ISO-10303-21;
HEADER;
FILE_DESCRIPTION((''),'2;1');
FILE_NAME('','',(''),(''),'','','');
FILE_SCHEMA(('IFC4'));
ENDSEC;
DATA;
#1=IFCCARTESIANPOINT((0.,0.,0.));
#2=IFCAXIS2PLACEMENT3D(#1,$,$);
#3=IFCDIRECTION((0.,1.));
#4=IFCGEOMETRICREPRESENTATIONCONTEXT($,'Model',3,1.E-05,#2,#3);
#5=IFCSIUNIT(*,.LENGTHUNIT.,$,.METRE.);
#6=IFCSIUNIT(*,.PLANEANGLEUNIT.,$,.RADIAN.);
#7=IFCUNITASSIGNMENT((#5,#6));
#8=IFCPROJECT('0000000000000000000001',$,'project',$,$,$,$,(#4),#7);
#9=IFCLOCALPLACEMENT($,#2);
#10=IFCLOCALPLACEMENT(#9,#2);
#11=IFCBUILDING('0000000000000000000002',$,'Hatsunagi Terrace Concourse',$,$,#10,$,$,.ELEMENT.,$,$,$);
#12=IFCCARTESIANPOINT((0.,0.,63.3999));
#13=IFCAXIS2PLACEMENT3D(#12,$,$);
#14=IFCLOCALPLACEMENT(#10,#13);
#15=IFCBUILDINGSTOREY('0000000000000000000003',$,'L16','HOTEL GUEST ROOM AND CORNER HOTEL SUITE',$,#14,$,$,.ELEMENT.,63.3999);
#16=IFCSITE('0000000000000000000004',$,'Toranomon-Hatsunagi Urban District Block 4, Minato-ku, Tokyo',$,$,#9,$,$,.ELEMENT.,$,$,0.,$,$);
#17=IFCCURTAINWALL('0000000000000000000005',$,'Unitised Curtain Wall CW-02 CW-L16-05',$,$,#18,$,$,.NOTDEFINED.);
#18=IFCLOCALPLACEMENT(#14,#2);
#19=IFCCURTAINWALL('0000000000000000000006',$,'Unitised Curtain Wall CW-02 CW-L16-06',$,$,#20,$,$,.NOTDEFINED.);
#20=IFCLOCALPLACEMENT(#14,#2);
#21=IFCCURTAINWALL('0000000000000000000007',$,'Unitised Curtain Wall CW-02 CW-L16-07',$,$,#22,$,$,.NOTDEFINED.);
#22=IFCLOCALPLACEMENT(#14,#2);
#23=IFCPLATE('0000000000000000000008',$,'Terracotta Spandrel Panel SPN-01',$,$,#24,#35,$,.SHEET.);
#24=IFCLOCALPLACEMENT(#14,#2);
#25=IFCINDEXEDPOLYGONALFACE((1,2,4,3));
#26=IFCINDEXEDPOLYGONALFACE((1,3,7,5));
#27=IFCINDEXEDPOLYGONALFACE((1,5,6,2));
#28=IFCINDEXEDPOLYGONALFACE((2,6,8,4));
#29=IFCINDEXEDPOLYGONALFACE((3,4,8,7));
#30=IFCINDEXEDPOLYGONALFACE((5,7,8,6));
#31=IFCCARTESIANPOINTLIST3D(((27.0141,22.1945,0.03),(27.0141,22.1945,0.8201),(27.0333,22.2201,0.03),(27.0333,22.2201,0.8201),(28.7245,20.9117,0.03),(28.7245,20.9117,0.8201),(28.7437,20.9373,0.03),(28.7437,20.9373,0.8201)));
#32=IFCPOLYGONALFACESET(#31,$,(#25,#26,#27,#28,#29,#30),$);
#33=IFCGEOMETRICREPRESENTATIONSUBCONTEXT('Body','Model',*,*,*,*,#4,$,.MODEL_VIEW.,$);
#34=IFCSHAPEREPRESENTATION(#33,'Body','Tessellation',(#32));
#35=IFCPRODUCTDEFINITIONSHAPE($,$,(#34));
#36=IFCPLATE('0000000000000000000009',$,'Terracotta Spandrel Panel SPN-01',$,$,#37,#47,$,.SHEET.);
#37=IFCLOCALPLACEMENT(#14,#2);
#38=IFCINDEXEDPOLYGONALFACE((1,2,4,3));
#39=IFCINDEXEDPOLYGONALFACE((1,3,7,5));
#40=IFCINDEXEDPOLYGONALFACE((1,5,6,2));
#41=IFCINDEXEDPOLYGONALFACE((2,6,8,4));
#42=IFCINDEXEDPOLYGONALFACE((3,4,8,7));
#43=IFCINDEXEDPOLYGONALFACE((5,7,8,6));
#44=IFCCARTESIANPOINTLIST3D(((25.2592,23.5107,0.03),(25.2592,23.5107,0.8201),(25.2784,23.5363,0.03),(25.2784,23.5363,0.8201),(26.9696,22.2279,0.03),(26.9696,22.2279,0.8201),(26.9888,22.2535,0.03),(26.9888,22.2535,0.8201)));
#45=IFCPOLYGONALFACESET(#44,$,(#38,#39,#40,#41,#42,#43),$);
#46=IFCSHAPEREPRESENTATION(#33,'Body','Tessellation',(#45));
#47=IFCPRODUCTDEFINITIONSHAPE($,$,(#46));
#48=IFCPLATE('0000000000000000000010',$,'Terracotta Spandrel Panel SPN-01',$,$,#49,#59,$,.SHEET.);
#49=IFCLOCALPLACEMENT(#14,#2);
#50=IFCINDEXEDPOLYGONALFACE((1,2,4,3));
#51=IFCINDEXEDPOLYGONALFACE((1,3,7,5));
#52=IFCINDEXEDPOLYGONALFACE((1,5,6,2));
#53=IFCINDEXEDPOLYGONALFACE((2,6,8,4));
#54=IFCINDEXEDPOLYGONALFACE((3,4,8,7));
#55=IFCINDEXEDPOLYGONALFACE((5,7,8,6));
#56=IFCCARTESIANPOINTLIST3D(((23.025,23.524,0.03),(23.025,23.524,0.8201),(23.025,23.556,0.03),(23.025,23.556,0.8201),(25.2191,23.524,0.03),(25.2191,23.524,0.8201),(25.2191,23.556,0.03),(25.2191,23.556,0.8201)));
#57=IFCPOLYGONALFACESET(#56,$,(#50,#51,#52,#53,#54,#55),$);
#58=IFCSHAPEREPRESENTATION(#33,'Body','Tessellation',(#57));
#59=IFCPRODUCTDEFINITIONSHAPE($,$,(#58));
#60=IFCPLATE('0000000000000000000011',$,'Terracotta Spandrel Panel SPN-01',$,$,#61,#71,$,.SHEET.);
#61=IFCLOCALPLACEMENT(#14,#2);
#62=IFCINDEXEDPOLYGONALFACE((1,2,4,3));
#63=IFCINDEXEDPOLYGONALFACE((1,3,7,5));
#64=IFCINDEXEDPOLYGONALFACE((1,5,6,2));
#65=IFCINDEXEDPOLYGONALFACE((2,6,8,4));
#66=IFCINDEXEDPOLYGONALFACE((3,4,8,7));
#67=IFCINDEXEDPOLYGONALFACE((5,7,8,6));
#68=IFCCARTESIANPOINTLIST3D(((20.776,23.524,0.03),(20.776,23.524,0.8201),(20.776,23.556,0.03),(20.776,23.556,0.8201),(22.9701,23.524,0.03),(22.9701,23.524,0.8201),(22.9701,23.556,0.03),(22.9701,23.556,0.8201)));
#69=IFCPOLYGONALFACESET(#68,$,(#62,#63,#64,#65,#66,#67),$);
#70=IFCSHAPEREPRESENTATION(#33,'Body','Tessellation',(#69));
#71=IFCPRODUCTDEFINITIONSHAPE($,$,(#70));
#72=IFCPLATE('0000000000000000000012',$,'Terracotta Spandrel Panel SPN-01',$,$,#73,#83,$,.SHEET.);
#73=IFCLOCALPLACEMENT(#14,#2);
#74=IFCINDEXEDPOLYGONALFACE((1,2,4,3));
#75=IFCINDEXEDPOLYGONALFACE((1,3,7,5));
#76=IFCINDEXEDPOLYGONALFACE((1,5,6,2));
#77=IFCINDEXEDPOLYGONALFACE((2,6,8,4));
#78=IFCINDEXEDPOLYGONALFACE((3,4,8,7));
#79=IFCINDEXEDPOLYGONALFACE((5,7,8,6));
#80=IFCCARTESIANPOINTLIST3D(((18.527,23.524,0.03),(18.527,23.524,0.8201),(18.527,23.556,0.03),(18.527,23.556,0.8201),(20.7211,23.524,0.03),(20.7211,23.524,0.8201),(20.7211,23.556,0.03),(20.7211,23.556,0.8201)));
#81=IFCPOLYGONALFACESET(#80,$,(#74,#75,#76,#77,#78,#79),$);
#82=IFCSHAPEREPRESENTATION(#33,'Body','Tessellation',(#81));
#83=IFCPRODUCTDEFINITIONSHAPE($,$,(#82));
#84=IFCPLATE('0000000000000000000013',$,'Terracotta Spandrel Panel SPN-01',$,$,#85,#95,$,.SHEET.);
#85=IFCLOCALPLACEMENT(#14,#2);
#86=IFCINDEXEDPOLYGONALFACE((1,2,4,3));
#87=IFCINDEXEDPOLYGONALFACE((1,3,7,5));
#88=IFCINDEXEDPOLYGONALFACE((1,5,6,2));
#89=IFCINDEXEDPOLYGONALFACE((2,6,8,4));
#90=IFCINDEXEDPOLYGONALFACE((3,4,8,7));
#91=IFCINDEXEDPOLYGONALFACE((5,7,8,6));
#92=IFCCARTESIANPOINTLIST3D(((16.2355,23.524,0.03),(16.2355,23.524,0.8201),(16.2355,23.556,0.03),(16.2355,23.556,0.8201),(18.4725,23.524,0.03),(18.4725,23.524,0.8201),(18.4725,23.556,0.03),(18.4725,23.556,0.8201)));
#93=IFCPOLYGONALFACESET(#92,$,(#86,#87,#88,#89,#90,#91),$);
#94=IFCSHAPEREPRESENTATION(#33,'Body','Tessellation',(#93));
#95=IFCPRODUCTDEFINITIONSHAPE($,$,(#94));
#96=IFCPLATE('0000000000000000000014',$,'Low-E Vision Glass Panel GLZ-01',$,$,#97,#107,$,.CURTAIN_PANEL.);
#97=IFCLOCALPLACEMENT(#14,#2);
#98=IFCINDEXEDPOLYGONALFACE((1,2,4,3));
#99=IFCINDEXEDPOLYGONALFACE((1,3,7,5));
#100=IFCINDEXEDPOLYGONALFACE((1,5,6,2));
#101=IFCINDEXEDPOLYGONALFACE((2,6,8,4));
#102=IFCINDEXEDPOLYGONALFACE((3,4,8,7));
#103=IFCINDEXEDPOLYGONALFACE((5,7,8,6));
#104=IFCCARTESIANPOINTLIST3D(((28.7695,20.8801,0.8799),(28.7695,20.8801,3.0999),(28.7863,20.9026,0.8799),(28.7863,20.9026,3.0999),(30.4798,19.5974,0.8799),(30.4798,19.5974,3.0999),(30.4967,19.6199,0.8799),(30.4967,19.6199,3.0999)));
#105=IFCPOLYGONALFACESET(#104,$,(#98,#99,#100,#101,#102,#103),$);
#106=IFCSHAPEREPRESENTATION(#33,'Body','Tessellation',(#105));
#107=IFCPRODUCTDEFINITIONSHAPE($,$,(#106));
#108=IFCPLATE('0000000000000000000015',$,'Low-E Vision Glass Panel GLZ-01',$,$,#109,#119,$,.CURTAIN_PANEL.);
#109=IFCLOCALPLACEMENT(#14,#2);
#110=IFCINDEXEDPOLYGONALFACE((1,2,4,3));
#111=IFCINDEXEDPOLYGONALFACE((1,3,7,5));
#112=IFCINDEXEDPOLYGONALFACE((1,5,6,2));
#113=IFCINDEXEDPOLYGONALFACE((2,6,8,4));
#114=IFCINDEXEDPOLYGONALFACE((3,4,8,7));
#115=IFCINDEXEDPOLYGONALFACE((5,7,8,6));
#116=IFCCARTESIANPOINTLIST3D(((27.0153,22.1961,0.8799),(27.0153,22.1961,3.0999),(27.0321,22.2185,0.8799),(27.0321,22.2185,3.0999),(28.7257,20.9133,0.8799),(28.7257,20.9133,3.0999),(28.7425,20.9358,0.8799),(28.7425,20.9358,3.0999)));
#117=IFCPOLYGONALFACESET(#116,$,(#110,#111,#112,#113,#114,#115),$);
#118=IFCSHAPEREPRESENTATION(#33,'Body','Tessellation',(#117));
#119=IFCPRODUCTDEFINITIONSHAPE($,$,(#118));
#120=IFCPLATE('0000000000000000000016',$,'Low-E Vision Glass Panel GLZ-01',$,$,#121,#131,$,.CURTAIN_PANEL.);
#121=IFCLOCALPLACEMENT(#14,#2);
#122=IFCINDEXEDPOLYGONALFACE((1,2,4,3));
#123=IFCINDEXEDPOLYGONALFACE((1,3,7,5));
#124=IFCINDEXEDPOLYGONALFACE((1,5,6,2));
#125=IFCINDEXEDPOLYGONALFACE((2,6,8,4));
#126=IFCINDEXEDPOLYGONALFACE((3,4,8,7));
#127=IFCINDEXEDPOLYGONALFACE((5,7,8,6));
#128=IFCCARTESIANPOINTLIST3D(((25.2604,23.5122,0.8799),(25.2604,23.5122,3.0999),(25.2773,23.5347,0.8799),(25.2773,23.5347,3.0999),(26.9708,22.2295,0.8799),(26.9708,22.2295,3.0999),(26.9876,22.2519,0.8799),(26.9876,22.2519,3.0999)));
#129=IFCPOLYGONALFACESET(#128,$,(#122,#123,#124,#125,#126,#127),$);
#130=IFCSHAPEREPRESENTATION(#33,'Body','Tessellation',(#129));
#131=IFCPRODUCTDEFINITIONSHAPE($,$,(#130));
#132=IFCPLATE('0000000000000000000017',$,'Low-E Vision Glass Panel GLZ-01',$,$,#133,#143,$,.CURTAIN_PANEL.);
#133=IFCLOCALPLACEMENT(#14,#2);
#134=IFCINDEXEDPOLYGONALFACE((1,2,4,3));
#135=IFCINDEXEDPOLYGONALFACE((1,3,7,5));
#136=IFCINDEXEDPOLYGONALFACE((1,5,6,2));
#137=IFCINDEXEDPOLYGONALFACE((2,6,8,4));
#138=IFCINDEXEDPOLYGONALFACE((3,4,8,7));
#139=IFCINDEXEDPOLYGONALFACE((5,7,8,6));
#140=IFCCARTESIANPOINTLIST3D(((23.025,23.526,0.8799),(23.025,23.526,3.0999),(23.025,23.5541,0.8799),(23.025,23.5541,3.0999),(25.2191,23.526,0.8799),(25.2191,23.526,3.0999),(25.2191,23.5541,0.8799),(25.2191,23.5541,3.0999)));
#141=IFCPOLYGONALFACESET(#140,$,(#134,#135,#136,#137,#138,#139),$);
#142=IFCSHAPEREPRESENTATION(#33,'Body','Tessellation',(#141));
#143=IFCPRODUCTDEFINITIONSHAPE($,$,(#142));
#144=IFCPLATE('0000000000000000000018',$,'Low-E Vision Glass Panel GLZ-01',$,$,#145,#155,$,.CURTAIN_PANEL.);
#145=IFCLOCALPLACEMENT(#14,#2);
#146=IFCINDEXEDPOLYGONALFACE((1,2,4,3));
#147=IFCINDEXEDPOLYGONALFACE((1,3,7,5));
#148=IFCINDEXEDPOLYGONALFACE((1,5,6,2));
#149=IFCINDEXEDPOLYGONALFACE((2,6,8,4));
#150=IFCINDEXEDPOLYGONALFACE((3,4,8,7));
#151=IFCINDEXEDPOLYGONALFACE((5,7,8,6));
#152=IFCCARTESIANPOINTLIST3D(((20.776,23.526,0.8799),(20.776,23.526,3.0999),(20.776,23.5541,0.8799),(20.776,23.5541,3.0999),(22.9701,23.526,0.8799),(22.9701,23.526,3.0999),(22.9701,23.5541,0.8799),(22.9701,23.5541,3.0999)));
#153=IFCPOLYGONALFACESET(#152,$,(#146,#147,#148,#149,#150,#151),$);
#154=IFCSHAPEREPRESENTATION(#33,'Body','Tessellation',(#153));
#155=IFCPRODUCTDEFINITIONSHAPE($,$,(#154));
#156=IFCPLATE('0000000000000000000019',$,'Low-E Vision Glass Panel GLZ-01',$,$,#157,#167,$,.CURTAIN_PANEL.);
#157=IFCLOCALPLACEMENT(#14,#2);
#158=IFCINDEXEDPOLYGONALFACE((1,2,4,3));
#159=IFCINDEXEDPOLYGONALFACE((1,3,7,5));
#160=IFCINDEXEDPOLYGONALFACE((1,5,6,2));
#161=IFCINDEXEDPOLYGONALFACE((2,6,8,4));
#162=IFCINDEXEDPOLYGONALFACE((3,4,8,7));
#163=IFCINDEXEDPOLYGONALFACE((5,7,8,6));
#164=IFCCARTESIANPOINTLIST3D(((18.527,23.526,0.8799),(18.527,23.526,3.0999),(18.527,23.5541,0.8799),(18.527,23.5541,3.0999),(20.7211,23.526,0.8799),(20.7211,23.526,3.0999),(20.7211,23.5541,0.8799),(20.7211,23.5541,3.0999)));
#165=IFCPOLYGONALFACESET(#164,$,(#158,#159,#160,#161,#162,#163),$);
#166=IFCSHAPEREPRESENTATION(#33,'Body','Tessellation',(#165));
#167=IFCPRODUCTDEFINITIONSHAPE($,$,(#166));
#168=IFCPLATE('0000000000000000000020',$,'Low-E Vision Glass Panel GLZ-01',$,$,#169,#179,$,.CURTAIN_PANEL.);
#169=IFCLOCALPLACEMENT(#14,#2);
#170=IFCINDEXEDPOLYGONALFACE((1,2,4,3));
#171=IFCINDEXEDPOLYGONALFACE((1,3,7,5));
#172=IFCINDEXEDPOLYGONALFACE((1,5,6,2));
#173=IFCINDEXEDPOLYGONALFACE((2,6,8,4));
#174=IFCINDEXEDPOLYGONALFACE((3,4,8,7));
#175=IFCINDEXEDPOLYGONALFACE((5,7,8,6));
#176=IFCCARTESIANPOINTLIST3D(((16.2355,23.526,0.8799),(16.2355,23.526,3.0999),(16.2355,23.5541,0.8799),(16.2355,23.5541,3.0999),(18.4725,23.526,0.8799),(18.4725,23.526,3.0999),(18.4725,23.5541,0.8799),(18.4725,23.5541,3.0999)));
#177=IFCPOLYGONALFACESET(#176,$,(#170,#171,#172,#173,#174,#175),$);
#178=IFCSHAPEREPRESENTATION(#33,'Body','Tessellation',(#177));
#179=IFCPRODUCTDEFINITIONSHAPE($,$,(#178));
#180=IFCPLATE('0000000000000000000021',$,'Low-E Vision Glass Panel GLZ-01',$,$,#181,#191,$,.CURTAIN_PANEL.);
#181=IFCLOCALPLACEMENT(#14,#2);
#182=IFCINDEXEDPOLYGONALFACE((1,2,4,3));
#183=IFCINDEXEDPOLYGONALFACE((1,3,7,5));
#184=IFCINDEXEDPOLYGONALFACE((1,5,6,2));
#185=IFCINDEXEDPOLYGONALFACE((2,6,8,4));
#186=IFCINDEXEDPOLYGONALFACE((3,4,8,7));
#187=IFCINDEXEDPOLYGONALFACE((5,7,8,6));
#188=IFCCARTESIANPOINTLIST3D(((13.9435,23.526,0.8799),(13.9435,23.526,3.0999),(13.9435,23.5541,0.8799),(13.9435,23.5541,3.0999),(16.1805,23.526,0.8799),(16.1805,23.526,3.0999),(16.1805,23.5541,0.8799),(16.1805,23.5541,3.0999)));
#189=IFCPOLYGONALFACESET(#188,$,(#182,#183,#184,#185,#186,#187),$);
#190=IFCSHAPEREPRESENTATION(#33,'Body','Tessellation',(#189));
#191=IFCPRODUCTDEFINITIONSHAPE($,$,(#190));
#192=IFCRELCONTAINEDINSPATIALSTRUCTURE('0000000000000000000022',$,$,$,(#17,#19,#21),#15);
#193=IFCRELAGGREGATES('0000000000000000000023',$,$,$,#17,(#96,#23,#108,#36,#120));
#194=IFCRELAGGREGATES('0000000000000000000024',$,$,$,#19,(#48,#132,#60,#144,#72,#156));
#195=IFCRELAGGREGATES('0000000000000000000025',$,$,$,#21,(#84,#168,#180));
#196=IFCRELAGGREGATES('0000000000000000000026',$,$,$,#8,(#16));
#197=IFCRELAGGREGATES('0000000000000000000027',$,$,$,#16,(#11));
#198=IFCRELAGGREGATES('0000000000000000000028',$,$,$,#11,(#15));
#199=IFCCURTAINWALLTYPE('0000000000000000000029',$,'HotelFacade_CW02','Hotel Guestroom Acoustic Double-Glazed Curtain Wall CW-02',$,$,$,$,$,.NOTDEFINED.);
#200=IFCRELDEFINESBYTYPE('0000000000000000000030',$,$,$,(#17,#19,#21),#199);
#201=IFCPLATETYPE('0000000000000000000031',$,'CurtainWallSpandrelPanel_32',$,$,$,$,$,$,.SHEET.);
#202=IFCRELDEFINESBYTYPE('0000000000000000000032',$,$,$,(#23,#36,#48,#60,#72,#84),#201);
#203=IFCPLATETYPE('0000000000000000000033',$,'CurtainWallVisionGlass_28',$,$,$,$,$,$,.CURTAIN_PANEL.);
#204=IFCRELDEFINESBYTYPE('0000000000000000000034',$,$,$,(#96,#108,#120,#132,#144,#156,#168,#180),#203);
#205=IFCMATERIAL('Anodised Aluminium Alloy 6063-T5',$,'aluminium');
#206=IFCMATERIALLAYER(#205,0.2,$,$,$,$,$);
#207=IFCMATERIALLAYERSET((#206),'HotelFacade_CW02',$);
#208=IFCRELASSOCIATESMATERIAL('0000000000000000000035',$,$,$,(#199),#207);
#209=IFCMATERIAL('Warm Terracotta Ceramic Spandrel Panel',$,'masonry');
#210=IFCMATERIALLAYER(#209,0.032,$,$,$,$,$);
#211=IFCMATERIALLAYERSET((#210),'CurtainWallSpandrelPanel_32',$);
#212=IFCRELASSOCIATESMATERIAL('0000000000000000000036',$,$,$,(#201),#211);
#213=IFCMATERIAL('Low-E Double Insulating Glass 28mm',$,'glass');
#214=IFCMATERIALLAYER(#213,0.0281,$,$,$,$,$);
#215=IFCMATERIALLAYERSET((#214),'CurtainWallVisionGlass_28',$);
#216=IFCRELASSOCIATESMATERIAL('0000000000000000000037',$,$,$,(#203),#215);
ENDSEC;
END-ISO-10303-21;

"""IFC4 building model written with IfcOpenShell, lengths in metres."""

from ifc_helpers import new_model, si_unit, direction, frame, origin, origin_2d, place, context, subcontext, project, spatial, rectangle, extrude, material, layer, layer_set, type_object, element, aggregate, save


model = new_model("IFC4")

# Units and contexts
model_context = context("Model", 3, precision=1e-05, world=origin(), true_north=direction((0.0, 1.0)))
body_context = subcontext(model_context, "Body", "Model", "MODEL_VIEW")
ifc_project = project(units=[si_unit("LENGTHUNIT", "METRE"), si_unit("PLANEANGLEUNIT", "RADIAN")], contexts=[model_context])

# Site, building, storey
site_placement = place(None, origin())
site = spatial("IfcSite", under=ifc_project, at=site_placement, Name="Toranomon-Hatsunagi Urban District Block 4, Minato-ku, Tokyo", CompositionType="ELEMENT", RefElevation=0.0)
building_placement = place(site_placement, origin())
building = spatial("IfcBuilding", under=site, at=building_placement, Name="Hatsunagi Terrace Concourse", CompositionType="ELEMENT")
storey_placement = place(building_placement, frame((0.0, 0.0, 63.3999)))
storey = spatial("IfcBuildingStorey", under=building, at=storey_placement, Name="L16", Description="HOTEL GUEST ROOM AND CORNER HOTEL SUITE", CompositionType="ELEMENT", Elevation=63.3999)

# Curtain walls
ifc_material_1 = material(Name="Anodised Aluminium Alloy 6063-T5", Category="aluminium")
ifc_layer_1 = layer(ifc_material_1, 0.2)
ifc_layer_set_1 = layer_set([ifc_layer_1], Name="HotelFacade_CW02")
curtain_wall_type = type_object("IfcCurtainWallType", Name="HotelFacade_CW02", Description="Hotel Guestroom Acoustic Double-Glazed Curtain Wall CW-02", PredefinedType="NOTDEFINED", material=ifc_layer_set_1)
curtain_wall_1_placement = place(storey_placement, origin())
curtain_wall_1 = element("IfcCurtainWall", 1, at=curtain_wall_1_placement, inside=storey, type_object=curtain_wall_type, Name="Unitised Curtain Wall CW-02 CW-L16-05", PredefinedType="NOTDEFINED")
curtain_wall_2_placement = place(storey_placement, origin())
curtain_wall_2 = element("IfcCurtainWall", 2, at=curtain_wall_2_placement, inside=storey, type_object=curtain_wall_type, Name="Unitised Curtain Wall CW-02 CW-L16-06", PredefinedType="NOTDEFINED")
curtain_wall_3_placement = place(storey_placement, origin())
curtain_wall_3 = element("IfcCurtainWall", 3, at=curtain_wall_3_placement, inside=storey, type_object=curtain_wall_type, Name="Unitised Curtain Wall CW-02 CW-L16-07", PredefinedType="NOTDEFINED")

# Plates
ifc_material_2 = material(Name="Warm Terracotta Ceramic Spandrel Panel", Category="masonry")
ifc_layer_2 = layer(ifc_material_2, 0.032)
ifc_layer_set_2 = layer_set([ifc_layer_2], Name="CurtainWallSpandrelPanel_32")
plate_type_1 = type_object("IfcPlateType", Name="CurtainWallSpandrelPanel_32", PredefinedType="SHEET", material=ifc_layer_set_2)
plate_1_placement = place(storey_placement, frame((27.8789, 21.5659, 0.03), z_axis=(0.0, 0.0, 1.0), x_axis=(-0.800003, 0.599996, 0.0)))
plate_1 = element("IfcPlate", 4, at=plate_1_placement, type_object=plate_type_1, Name="Terracotta Spandrel Panel SPN-01", PredefinedType="SHEET", context=body_context, shape_type="SweptSolid", body=[
    extrude(rectangle(XDim=2.1379, YDim=0.032, at=origin_2d()), origin(), (0.0, 0.0, 1.0), 0.79),
])
plate_2_placement = place(storey_placement, frame((26.124, 22.8821, 0.03), z_axis=(0.0, 0.0, 1.0), x_axis=(-0.800003, 0.599996, 0.0)))
plate_2 = element("IfcPlate", 5, at=plate_2_placement, type_object=plate_type_1, Name="Terracotta Spandrel Panel SPN-01", PredefinedType="SHEET", context=body_context, shape_type="SweptSolid", body=[
    extrude(rectangle(XDim=2.1379, YDim=0.032, at=origin_2d()), origin(), (0.0, 0.0, 1.0), 0.79),
])
plate_3_placement = place(storey_placement, frame((24.1221, 23.54, 0.03), z_axis=(0.0, 0.0, 1.0), x_axis=(-1.0, 0.0, 0.0)))
plate_3 = element("IfcPlate", 6, at=plate_3_placement, type_object=plate_type_1, Name="Terracotta Spandrel Panel SPN-01", PredefinedType="SHEET", context=body_context, shape_type="SweptSolid", body=[
    extrude(rectangle(XDim=2.1941, YDim=0.032, at=origin_2d()), origin(), (0.0, 0.0, 1.0), 0.79),
])
plate_4_placement = place(storey_placement, frame((21.873, 23.54, 0.03), z_axis=(0.0, 0.0, 1.0), x_axis=(-1.0, 0.0, 0.0)))
plate_4 = element("IfcPlate", 7, at=plate_4_placement, type_object=plate_type_1, Name="Terracotta Spandrel Panel SPN-01", PredefinedType="SHEET", context=body_context, shape_type="SweptSolid", body=[
    extrude(rectangle(XDim=2.1941, YDim=0.032, at=origin_2d()), origin(), (0.0, 0.0, 1.0), 0.79),
])
plate_5_placement = place(storey_placement, frame((19.624, 23.54, 0.03), z_axis=(0.0, 0.0, 1.0), x_axis=(-1.0, 0.0, 0.0)))
plate_5 = element("IfcPlate", 8, at=plate_5_placement, type_object=plate_type_1, Name="Terracotta Spandrel Panel SPN-01", PredefinedType="SHEET", context=body_context, shape_type="SweptSolid", body=[
    extrude(rectangle(XDim=2.1941, YDim=0.032, at=origin_2d()), origin(), (0.0, 0.0, 1.0), 0.79),
])
plate_6_placement = place(storey_placement, frame((17.354, 23.54, 0.03), z_axis=(0.0, 0.0, 1.0), x_axis=(-1.0, 0.0, 0.0)))
plate_6 = element("IfcPlate", 9, at=plate_6_placement, type_object=plate_type_1, Name="Terracotta Spandrel Panel SPN-01", PredefinedType="SHEET", context=body_context, shape_type="SweptSolid", body=[
    extrude(rectangle(XDim=2.2371, YDim=0.032, at=origin_2d()), origin(), (0.0, 0.0, 1.0), 0.79),
])
ifc_material_3 = material(Name="Low-E Double Insulating Glass 28mm", Category="glass")
ifc_layer_3 = layer(ifc_material_3, 0.0281)
ifc_layer_set_3 = layer_set([ifc_layer_3], Name="CurtainWallVisionGlass_28")
plate_type_2 = type_object("IfcPlateType", Name="CurtainWallVisionGlass_28", PredefinedType="CURTAIN_PANEL", material=ifc_layer_set_3)
plate_7_placement = place(storey_placement, frame((29.6331, 20.25, 0.8799), z_axis=(0.0, 0.0, 1.0), x_axis=(-0.800003, 0.599996, 0.0)))
plate_7 = element("IfcPlate", 10, at=plate_7_placement, type_object=plate_type_2, Name="Low-E Vision Glass Panel GLZ-01", PredefinedType="CURTAIN_PANEL", context=body_context, shape_type="SweptSolid", body=[
    extrude(rectangle(XDim=2.1379, YDim=0.0281, at=origin_2d()), origin(), (0.0, 0.0, 1.0), 2.22),
])
plate_8_placement = place(storey_placement, frame((27.8789, 21.5659, 0.8799), z_axis=(0.0, 0.0, 1.0), x_axis=(-0.800003, 0.599996, 0.0)))
plate_8 = element("IfcPlate", 11, at=plate_8_placement, type_object=plate_type_2, Name="Low-E Vision Glass Panel GLZ-01", PredefinedType="CURTAIN_PANEL", context=body_context, shape_type="SweptSolid", body=[
    extrude(rectangle(XDim=2.1379, YDim=0.0281, at=origin_2d()), origin(), (0.0, 0.0, 1.0), 2.22),
])
plate_9_placement = place(storey_placement, frame((26.124, 22.8821, 0.8799), z_axis=(0.0, 0.0, 1.0), x_axis=(-0.800003, 0.599996, 0.0)))
plate_9 = element("IfcPlate", 12, at=plate_9_placement, type_object=plate_type_2, Name="Low-E Vision Glass Panel GLZ-01", PredefinedType="CURTAIN_PANEL", context=body_context, shape_type="SweptSolid", body=[
    extrude(rectangle(XDim=2.1379, YDim=0.0281, at=origin_2d()), origin(), (0.0, 0.0, 1.0), 2.22),
])
aggregate(curtain_wall_1, [plate_7, plate_1, plate_8, plate_2, plate_9])
plate_10_placement = place(storey_placement, frame((24.1221, 23.54, 0.8799), z_axis=(0.0, 0.0, 1.0), x_axis=(-1.0, 0.0, 0.0)))
plate_10 = element("IfcPlate", 13, at=plate_10_placement, type_object=plate_type_2, Name="Low-E Vision Glass Panel GLZ-01", PredefinedType="CURTAIN_PANEL", context=body_context, shape_type="SweptSolid", body=[
    extrude(rectangle(XDim=2.1941, YDim=0.0281, at=origin_2d()), origin(), (0.0, 0.0, 1.0), 2.22),
])
plate_11_placement = place(storey_placement, frame((21.873, 23.54, 0.8799), z_axis=(0.0, 0.0, 1.0), x_axis=(-1.0, 0.0, 0.0)))
plate_11 = element("IfcPlate", 14, at=plate_11_placement, type_object=plate_type_2, Name="Low-E Vision Glass Panel GLZ-01", PredefinedType="CURTAIN_PANEL", context=body_context, shape_type="SweptSolid", body=[
    extrude(rectangle(XDim=2.1941, YDim=0.0281, at=origin_2d()), origin(), (0.0, 0.0, 1.0), 2.22),
])
plate_12_placement = place(storey_placement, frame((19.624, 23.54, 0.8799), z_axis=(0.0, 0.0, 1.0), x_axis=(-1.0, 0.0, 0.0)))
plate_12 = element("IfcPlate", 15, at=plate_12_placement, type_object=plate_type_2, Name="Low-E Vision Glass Panel GLZ-01", PredefinedType="CURTAIN_PANEL", context=body_context, shape_type="SweptSolid", body=[
    extrude(rectangle(XDim=2.1941, YDim=0.0281, at=origin_2d()), origin(), (0.0, 0.0, 1.0), 2.22),
])
aggregate(curtain_wall_2, [plate_3, plate_10, plate_4, plate_11, plate_5, plate_12])
plate_13_placement = place(storey_placement, frame((17.354, 23.54, 0.8799), z_axis=(0.0, 0.0, 1.0), x_axis=(-1.0, 0.0, 0.0)))
plate_13 = element("IfcPlate", 16, at=plate_13_placement, type_object=plate_type_2, Name="Low-E Vision Glass Panel GLZ-01", PredefinedType="CURTAIN_PANEL", context=body_context, shape_type="SweptSolid", body=[
    extrude(rectangle(XDim=2.2371, YDim=0.0281, at=origin_2d()), origin(), (0.0, 0.0, 1.0), 2.22),
])
plate_14_placement = place(storey_placement, frame((15.062, 23.54, 0.8799), z_axis=(0.0, 0.0, 1.0), x_axis=(-1.0, 0.0, 0.0)))
plate_14 = element("IfcPlate", 17, at=plate_14_placement, type_object=plate_type_2, Name="Low-E Vision Glass Panel GLZ-01", PredefinedType="CURTAIN_PANEL", context=body_context, shape_type="SweptSolid", body=[
    extrude(rectangle(XDim=2.2371, YDim=0.0281, at=origin_2d()), origin(), (0.0, 0.0, 1.0), 2.22),
])
aggregate(curtain_wall_3, [plate_6, plate_13, plate_14])

save(model, "model.ifc")
